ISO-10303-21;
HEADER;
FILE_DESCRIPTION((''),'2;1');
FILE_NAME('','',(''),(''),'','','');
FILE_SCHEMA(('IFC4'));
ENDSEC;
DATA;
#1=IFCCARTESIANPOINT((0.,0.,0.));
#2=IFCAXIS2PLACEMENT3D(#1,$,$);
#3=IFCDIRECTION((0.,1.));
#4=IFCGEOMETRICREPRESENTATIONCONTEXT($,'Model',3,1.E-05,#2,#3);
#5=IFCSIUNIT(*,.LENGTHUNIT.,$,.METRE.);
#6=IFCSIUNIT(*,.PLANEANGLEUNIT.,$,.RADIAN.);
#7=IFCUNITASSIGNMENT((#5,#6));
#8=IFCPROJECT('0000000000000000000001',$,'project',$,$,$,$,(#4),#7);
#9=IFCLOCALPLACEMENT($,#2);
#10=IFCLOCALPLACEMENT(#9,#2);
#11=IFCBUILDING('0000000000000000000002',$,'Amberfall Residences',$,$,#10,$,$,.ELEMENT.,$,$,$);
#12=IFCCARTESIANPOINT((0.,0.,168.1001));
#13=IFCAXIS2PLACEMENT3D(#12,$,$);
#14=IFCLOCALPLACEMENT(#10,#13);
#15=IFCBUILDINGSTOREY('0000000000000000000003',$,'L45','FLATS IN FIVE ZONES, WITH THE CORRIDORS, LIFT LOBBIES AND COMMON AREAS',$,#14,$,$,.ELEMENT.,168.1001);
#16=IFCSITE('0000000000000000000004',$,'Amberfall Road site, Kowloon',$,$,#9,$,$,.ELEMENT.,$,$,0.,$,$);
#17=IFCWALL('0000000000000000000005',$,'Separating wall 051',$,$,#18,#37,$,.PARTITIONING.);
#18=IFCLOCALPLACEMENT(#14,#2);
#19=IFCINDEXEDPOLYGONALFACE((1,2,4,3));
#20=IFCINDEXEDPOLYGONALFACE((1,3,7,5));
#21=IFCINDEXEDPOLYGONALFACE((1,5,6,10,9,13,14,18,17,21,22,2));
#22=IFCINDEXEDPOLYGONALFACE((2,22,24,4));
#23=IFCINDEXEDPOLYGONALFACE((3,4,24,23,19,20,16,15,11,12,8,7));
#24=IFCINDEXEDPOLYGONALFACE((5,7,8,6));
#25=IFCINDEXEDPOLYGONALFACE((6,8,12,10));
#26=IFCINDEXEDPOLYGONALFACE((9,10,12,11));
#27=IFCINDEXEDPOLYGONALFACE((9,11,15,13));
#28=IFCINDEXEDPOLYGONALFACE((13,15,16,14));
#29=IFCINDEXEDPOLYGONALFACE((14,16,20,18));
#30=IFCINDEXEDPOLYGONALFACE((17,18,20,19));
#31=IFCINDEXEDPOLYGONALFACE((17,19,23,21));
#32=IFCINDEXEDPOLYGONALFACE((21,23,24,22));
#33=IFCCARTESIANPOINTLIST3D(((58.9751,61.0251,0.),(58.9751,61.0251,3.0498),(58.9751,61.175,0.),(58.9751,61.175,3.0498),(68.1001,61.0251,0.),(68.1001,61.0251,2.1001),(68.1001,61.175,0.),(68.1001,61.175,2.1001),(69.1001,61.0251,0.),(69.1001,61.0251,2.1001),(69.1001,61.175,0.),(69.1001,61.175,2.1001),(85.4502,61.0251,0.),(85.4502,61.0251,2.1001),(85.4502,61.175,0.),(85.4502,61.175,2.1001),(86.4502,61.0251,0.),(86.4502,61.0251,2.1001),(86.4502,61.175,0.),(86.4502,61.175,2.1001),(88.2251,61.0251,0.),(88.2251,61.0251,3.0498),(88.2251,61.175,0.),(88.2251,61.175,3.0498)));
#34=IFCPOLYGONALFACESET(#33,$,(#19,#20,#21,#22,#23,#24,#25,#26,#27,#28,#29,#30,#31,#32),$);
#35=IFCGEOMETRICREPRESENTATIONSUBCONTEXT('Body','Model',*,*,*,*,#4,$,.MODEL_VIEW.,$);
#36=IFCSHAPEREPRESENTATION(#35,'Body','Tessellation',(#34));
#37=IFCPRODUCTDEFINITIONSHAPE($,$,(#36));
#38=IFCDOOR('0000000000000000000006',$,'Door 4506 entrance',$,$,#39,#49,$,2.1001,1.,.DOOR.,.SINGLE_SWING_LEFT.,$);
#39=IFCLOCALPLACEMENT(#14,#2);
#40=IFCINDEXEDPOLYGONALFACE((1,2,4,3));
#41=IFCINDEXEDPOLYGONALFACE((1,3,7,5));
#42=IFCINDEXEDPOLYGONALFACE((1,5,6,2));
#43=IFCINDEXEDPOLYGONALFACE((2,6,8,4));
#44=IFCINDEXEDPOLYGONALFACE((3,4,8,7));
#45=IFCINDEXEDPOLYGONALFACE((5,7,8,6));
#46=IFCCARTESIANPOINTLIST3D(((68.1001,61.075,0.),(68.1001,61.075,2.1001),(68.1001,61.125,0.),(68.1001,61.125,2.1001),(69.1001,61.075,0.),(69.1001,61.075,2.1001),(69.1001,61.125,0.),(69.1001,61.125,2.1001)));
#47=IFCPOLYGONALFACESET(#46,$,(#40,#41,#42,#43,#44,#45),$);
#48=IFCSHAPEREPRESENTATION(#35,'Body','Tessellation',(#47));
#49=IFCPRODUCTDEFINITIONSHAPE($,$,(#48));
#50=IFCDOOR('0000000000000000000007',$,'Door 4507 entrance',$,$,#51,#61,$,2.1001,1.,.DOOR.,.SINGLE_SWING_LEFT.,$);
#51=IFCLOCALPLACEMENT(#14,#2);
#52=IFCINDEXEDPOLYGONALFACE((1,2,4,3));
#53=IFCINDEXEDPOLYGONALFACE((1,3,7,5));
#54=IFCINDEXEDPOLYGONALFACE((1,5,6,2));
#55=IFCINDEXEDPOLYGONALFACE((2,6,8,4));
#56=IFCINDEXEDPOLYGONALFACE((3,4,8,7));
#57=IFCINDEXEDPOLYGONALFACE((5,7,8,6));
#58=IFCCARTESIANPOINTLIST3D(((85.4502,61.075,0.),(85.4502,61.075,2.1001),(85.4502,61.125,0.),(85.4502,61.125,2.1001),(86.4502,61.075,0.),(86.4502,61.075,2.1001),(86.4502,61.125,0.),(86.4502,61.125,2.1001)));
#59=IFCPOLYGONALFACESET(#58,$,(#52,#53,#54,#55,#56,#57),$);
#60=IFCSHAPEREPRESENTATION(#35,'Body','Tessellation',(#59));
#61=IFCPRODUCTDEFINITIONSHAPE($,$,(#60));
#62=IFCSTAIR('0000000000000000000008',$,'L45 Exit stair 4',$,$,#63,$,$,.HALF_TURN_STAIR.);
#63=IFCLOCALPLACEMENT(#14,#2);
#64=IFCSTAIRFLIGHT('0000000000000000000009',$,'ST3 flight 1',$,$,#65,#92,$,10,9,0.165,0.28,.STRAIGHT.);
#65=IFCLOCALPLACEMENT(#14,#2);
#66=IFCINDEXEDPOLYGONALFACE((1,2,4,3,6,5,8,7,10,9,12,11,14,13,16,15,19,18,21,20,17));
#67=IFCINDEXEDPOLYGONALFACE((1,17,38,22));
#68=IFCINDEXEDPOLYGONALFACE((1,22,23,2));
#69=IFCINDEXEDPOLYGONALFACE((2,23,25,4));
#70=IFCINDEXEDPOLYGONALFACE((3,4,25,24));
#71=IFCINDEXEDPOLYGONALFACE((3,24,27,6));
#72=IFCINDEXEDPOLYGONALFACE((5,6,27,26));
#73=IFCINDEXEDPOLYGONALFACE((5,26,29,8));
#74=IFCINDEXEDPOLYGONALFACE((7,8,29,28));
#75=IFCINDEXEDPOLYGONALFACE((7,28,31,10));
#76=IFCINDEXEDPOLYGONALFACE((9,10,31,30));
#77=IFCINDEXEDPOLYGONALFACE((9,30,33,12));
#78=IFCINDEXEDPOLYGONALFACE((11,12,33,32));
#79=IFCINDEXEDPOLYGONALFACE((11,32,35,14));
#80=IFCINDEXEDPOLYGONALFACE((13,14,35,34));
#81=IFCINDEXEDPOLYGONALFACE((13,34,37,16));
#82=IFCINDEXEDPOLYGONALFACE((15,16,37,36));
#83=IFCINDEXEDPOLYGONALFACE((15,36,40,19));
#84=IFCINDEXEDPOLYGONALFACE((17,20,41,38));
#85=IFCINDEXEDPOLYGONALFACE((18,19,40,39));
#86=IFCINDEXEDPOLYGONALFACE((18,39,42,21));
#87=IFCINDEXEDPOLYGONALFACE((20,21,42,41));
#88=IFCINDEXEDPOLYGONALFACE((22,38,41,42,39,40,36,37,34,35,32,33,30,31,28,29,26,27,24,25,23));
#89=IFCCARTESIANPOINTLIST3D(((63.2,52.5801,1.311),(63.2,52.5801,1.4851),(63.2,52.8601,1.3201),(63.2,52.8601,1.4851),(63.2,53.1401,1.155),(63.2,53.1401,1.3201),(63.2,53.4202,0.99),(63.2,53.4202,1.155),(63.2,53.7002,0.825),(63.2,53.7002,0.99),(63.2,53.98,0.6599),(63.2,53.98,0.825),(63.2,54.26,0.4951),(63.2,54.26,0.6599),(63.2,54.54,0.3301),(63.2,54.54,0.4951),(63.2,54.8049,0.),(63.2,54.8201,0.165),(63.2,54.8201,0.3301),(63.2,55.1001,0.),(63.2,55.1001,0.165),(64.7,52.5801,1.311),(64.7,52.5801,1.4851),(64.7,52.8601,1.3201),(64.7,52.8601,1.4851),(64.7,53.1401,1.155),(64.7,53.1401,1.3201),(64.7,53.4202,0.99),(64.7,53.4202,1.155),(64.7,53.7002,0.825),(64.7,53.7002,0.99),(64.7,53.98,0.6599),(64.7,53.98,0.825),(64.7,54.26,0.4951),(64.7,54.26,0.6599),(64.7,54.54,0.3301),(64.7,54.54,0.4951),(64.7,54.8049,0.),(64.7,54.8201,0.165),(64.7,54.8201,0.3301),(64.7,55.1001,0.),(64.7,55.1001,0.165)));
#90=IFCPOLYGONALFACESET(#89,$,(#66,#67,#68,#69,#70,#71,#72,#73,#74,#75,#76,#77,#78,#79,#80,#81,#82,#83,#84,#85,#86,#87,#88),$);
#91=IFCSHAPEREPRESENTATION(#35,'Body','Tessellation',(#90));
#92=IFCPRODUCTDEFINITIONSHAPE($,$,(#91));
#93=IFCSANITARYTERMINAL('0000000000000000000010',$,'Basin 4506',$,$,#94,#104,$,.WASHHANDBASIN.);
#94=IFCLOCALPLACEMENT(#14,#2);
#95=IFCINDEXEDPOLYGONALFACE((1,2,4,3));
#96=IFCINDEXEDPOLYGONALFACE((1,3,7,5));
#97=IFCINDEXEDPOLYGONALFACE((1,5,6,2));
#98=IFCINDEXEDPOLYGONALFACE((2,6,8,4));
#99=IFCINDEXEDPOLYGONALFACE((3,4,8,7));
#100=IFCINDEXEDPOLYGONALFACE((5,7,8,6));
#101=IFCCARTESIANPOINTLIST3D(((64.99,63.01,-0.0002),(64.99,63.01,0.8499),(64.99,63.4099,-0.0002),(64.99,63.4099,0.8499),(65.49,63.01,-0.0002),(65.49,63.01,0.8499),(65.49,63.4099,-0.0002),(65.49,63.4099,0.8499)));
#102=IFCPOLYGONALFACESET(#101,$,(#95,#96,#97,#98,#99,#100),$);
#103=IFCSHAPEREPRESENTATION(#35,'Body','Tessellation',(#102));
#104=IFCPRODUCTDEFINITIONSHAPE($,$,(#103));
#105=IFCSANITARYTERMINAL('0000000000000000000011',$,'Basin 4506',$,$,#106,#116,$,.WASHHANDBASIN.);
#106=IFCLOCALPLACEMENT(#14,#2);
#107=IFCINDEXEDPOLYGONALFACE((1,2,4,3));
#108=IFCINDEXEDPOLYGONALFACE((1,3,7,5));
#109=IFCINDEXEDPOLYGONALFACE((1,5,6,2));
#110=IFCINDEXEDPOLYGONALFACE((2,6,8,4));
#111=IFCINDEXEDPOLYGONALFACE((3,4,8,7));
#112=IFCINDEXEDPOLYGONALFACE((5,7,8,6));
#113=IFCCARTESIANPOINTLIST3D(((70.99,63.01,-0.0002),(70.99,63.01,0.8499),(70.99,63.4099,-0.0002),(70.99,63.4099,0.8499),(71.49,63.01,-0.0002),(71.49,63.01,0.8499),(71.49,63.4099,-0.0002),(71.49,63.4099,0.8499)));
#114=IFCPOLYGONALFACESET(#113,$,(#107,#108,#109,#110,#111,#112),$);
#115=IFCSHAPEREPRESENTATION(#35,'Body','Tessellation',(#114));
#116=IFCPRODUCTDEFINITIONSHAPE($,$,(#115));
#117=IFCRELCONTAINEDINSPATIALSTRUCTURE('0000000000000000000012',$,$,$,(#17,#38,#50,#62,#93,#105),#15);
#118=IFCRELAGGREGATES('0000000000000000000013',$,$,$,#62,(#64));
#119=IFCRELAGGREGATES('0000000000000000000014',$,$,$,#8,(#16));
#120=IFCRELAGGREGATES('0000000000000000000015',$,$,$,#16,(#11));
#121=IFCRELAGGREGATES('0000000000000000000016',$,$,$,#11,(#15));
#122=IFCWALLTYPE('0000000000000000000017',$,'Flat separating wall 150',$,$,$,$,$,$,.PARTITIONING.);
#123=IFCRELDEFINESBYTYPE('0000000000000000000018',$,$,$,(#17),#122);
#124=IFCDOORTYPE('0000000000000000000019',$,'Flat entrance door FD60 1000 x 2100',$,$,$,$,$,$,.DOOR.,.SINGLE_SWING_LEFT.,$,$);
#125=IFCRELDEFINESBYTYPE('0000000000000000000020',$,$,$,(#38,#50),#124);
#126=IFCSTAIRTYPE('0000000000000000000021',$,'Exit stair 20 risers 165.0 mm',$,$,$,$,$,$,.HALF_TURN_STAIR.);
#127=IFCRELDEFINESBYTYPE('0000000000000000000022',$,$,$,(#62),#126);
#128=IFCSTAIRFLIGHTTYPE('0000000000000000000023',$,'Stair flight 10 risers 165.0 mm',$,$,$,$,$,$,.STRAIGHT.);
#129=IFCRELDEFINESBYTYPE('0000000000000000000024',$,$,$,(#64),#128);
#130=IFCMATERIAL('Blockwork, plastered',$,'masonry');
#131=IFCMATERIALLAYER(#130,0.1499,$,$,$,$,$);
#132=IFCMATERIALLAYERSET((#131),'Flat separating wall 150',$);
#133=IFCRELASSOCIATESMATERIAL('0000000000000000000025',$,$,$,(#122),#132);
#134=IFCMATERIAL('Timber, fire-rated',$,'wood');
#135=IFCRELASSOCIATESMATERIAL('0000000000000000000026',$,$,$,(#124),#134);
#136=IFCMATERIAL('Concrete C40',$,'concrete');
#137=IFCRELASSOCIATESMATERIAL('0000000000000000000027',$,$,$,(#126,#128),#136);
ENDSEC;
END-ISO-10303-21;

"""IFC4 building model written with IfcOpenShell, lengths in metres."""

from ifc_helpers import new_model, si_unit, direction, frame, frame_2d, origin, origin_2d, place, context, subcontext, project, spatial, polyline, rectangle, outline, extrude, material, layer, layer_set, type_object, element, fill, aggregate, save


model = new_model("IFC4")

# Units and contexts
model_context = context("Model", 3, precision=1e-05, world=origin(), true_north=direction((0.0, 1.0)))
body_context = subcontext(model_context, "Body", "Model", "MODEL_VIEW")
ifc_project = project(units=[si_unit("LENGTHUNIT", "METRE"), si_unit("PLANEANGLEUNIT", "RADIAN")], contexts=[model_context])

# Site, building, storey
site_placement = place(None, origin())
site = spatial("IfcSite", under=ifc_project, at=site_placement, Name="Amberfall Road site, Kowloon", CompositionType="ELEMENT", RefElevation=0.0)
building_placement = place(site_placement, origin())
building = spatial("IfcBuilding", under=site, at=building_placement, Name="Amberfall Residences", CompositionType="ELEMENT")
storey_placement = place(building_placement, frame((0.0, 0.0, 168.1001)))
storey = spatial("IfcBuildingStorey", under=building, at=storey_placement, Name="L45", Description="FLATS IN FIVE ZONES, WITH THE CORRIDORS, LIFT LOBBIES AND COMMON AREAS", CompositionType="ELEMENT", Elevation=168.1001)

# Shared definitions
ifc_material_1 = material(Name="Blockwork, plastered", Category="masonry")
ifc_layer_1 = layer(ifc_material_1, 0.1499)
ifc_layer_set_1 = layer_set([ifc_layer_1], Name="Flat separating wall 150")
wall_type_1 = type_object("IfcWallType", Name="Flat separating wall 150", PredefinedType="PARTITIONING", material=ifc_layer_set_1)

# Wall, openings, doors
wall_1_placement = place(storey_placement, frame((58.9751, 61.1001, 0.0), z_axis=(0.0, 0.0, 1.0), x_axis=(1.0, 0.0, 0.0)))
wall_1 = element("IfcWall", 1, at=wall_1_placement, inside=storey, type_object=wall_type_1, Name="Separating wall 051", PredefinedType="PARTITIONING", context=body_context, shape_type="SweptSolid", body=[
    extrude(rectangle(XDim=29.25, YDim=0.1499, at=frame_2d((14.625, 0.0))), origin(), (0.0, 0.0, 1.0), 3.0498),
])
opening_1_placement = place(wall_1_placement, frame((9.125, 0.0, 0.0)))
opening_1 = element("IfcOpeningElement", 2, at=opening_1_placement, cuts=wall_1, PredefinedType="OPENING", context=body_context, shape_type="SweptSolid", body=[
    extrude(rectangle(XDim=1.0, YDim=2.1001, at=frame_2d((0.5, 1.05))), frame((0.0, 0.085, 0.0), z_axis=(0.0, -1.0, 0.0), x_axis=(1.0, 0.0, 0.0)), (0.0, 0.0, 1.0), 0.1699),
])
opening_2_placement = place(wall_1_placement, frame((26.4751, 0.0, 0.0)))
opening_2 = element("IfcOpeningElement", 3, at=opening_2_placement, cuts=wall_1, PredefinedType="OPENING", context=body_context, shape_type="SweptSolid", body=[
    extrude(rectangle(XDim=1.0, YDim=2.1001, at=frame_2d((0.5, 1.05))), frame((0.0, 0.085, 0.0), z_axis=(0.0, -1.0, 0.0), x_axis=(1.0, 0.0, 0.0)), (0.0, 0.0, 1.0), 0.1699),
])
ifc_material_2 = material(Name="Timber, fire-rated", Category="wood")
door_type_1 = type_object("IfcDoorType", Name="Flat entrance door FD60 1000 x 2100", OperationType="SINGLE_SWING_LEFT", PredefinedType="DOOR", material=ifc_material_2)
door_1_placement = place(opening_1_placement, origin())
door_1 = element("IfcDoor", 4, at=door_1_placement, inside=storey, type_object=door_type_1, Name="Door 4506 entrance", OperationType="SINGLE_SWING_LEFT", OverallHeight=2.1001, OverallWidth=1.0, PredefinedType="DOOR", context=body_context, shape_type="SweptSolid", body=[
    extrude(rectangle(XDim=1.0, YDim=2.1001, at=frame_2d((0.5, 1.05))), frame((0.0, 0.0249, 0.0), z_axis=(0.0, -1.0, 0.0), x_axis=(1.0, 0.0, 0.0)), (0.0, 0.0, 1.0), 0.05),
])
fill(opening_1, door_1)
door_2_placement = place(opening_2_placement, origin())
door_2 = element("IfcDoor", 5, at=door_2_placement, inside=storey, type_object=door_type_1, Name="Door 4507 entrance", OperationType="SINGLE_SWING_LEFT", OverallHeight=2.1001, OverallWidth=1.0, PredefinedType="DOOR", context=body_context, shape_type="SweptSolid", body=[
    extrude(rectangle(XDim=1.0, YDim=2.1001, at=frame_2d((0.5, 1.05))), frame((0.0, 0.0249, 0.0), z_axis=(0.0, -1.0, 0.0), x_axis=(1.0, 0.0, 0.0)), (0.0, 0.0, 1.0), 0.05),
])
fill(opening_2, door_2)

# Stair, stair flight
ifc_material_3 = material(Name="Concrete C40", Category="concrete")
stair_type = type_object("IfcStairType", Name="Exit stair 20 risers 165.0 mm", PredefinedType="HALF_TURN_STAIR", material=ifc_material_3)
stair_placement = place(storey_placement, origin())
stair = element("IfcStair", 6, at=stair_placement, inside=storey, type_object=stair_type, Name="L45 Exit stair 4", PredefinedType="HALF_TURN_STAIR")
stair_flight_type = type_object("IfcStairFlightType", Name="Stair flight 10 risers 165.0 mm", PredefinedType="STRAIGHT", material=ifc_material_3)
stair_flight_placement = place(storey_placement, frame((63.95, 55.1001, 0.0), z_axis=(0.0, 0.0, 1.0), x_axis=(0.0, -1.0, 0.0)))
stair_flight = element("IfcStairFlight", 7, at=stair_flight_placement, type_object=stair_flight_type, Name="ST3 flight 1", NumberOfRisers=10, NumberOfTreads=9, PredefinedType="STRAIGHT", RiserHeight=0.165, TreadLength=0.28, context=body_context, shape_type="SweptSolid", body=[
    extrude(outline(polyline([(0.0, 0.0), (0.0, 0.165), (0.28, 0.165), (0.28, 0.3301), (0.5601, 0.3301), (0.5601, 0.4951), (0.8401, 0.4951), (0.8401, 0.6599), (1.1201, 0.6599), (1.1201, 0.825), (1.3999, 0.825), (1.3999, 0.99), (1.6799, 0.99), (1.6799, 1.155), (1.96, 1.155), (1.96, 1.3201), (2.24, 1.3201), (2.24, 1.4851), (2.52, 1.4851), (2.52, 1.6499), (2.52, 1.311), (0.2952, 0.0), (0.0, 0.0)])), frame((0.0, 0.75, 0.0), z_axis=(0.0, -1.0, 0.0), x_axis=(1.0, 0.0, 0.0)), (0.0, 0.0, 1.0), 1.5),
])
aggregate(stair, [stair_flight])

# Sanitary terminals
for number, where, z_axis, x_axis, name in (
    (8, (65.24, 63.21, -0.0002), (0.0, 0.0, 1.0), (1.0, 0.0, 0.0), "Basin 4506"),
    (9, (71.24, 63.21, -0.0002), (0.0, 0.0, 1.0), (1.0, 0.0, 0.0), "Basin 4506"),
):
    element("IfcSanitaryTerminal", number, at=place(storey_placement, frame(where, z_axis=z_axis, x_axis=x_axis)), inside=storey, Name=name, PredefinedType="WASHHANDBASIN", context=body_context, shape_type="SweptSolid", body=[
        extrude(rectangle(XDim=0.5, YDim=0.3999, at=origin_2d()), origin(), (0.0, 0.0, 1.0), 0.8501),
    ])

save(model, "model.ifc")
